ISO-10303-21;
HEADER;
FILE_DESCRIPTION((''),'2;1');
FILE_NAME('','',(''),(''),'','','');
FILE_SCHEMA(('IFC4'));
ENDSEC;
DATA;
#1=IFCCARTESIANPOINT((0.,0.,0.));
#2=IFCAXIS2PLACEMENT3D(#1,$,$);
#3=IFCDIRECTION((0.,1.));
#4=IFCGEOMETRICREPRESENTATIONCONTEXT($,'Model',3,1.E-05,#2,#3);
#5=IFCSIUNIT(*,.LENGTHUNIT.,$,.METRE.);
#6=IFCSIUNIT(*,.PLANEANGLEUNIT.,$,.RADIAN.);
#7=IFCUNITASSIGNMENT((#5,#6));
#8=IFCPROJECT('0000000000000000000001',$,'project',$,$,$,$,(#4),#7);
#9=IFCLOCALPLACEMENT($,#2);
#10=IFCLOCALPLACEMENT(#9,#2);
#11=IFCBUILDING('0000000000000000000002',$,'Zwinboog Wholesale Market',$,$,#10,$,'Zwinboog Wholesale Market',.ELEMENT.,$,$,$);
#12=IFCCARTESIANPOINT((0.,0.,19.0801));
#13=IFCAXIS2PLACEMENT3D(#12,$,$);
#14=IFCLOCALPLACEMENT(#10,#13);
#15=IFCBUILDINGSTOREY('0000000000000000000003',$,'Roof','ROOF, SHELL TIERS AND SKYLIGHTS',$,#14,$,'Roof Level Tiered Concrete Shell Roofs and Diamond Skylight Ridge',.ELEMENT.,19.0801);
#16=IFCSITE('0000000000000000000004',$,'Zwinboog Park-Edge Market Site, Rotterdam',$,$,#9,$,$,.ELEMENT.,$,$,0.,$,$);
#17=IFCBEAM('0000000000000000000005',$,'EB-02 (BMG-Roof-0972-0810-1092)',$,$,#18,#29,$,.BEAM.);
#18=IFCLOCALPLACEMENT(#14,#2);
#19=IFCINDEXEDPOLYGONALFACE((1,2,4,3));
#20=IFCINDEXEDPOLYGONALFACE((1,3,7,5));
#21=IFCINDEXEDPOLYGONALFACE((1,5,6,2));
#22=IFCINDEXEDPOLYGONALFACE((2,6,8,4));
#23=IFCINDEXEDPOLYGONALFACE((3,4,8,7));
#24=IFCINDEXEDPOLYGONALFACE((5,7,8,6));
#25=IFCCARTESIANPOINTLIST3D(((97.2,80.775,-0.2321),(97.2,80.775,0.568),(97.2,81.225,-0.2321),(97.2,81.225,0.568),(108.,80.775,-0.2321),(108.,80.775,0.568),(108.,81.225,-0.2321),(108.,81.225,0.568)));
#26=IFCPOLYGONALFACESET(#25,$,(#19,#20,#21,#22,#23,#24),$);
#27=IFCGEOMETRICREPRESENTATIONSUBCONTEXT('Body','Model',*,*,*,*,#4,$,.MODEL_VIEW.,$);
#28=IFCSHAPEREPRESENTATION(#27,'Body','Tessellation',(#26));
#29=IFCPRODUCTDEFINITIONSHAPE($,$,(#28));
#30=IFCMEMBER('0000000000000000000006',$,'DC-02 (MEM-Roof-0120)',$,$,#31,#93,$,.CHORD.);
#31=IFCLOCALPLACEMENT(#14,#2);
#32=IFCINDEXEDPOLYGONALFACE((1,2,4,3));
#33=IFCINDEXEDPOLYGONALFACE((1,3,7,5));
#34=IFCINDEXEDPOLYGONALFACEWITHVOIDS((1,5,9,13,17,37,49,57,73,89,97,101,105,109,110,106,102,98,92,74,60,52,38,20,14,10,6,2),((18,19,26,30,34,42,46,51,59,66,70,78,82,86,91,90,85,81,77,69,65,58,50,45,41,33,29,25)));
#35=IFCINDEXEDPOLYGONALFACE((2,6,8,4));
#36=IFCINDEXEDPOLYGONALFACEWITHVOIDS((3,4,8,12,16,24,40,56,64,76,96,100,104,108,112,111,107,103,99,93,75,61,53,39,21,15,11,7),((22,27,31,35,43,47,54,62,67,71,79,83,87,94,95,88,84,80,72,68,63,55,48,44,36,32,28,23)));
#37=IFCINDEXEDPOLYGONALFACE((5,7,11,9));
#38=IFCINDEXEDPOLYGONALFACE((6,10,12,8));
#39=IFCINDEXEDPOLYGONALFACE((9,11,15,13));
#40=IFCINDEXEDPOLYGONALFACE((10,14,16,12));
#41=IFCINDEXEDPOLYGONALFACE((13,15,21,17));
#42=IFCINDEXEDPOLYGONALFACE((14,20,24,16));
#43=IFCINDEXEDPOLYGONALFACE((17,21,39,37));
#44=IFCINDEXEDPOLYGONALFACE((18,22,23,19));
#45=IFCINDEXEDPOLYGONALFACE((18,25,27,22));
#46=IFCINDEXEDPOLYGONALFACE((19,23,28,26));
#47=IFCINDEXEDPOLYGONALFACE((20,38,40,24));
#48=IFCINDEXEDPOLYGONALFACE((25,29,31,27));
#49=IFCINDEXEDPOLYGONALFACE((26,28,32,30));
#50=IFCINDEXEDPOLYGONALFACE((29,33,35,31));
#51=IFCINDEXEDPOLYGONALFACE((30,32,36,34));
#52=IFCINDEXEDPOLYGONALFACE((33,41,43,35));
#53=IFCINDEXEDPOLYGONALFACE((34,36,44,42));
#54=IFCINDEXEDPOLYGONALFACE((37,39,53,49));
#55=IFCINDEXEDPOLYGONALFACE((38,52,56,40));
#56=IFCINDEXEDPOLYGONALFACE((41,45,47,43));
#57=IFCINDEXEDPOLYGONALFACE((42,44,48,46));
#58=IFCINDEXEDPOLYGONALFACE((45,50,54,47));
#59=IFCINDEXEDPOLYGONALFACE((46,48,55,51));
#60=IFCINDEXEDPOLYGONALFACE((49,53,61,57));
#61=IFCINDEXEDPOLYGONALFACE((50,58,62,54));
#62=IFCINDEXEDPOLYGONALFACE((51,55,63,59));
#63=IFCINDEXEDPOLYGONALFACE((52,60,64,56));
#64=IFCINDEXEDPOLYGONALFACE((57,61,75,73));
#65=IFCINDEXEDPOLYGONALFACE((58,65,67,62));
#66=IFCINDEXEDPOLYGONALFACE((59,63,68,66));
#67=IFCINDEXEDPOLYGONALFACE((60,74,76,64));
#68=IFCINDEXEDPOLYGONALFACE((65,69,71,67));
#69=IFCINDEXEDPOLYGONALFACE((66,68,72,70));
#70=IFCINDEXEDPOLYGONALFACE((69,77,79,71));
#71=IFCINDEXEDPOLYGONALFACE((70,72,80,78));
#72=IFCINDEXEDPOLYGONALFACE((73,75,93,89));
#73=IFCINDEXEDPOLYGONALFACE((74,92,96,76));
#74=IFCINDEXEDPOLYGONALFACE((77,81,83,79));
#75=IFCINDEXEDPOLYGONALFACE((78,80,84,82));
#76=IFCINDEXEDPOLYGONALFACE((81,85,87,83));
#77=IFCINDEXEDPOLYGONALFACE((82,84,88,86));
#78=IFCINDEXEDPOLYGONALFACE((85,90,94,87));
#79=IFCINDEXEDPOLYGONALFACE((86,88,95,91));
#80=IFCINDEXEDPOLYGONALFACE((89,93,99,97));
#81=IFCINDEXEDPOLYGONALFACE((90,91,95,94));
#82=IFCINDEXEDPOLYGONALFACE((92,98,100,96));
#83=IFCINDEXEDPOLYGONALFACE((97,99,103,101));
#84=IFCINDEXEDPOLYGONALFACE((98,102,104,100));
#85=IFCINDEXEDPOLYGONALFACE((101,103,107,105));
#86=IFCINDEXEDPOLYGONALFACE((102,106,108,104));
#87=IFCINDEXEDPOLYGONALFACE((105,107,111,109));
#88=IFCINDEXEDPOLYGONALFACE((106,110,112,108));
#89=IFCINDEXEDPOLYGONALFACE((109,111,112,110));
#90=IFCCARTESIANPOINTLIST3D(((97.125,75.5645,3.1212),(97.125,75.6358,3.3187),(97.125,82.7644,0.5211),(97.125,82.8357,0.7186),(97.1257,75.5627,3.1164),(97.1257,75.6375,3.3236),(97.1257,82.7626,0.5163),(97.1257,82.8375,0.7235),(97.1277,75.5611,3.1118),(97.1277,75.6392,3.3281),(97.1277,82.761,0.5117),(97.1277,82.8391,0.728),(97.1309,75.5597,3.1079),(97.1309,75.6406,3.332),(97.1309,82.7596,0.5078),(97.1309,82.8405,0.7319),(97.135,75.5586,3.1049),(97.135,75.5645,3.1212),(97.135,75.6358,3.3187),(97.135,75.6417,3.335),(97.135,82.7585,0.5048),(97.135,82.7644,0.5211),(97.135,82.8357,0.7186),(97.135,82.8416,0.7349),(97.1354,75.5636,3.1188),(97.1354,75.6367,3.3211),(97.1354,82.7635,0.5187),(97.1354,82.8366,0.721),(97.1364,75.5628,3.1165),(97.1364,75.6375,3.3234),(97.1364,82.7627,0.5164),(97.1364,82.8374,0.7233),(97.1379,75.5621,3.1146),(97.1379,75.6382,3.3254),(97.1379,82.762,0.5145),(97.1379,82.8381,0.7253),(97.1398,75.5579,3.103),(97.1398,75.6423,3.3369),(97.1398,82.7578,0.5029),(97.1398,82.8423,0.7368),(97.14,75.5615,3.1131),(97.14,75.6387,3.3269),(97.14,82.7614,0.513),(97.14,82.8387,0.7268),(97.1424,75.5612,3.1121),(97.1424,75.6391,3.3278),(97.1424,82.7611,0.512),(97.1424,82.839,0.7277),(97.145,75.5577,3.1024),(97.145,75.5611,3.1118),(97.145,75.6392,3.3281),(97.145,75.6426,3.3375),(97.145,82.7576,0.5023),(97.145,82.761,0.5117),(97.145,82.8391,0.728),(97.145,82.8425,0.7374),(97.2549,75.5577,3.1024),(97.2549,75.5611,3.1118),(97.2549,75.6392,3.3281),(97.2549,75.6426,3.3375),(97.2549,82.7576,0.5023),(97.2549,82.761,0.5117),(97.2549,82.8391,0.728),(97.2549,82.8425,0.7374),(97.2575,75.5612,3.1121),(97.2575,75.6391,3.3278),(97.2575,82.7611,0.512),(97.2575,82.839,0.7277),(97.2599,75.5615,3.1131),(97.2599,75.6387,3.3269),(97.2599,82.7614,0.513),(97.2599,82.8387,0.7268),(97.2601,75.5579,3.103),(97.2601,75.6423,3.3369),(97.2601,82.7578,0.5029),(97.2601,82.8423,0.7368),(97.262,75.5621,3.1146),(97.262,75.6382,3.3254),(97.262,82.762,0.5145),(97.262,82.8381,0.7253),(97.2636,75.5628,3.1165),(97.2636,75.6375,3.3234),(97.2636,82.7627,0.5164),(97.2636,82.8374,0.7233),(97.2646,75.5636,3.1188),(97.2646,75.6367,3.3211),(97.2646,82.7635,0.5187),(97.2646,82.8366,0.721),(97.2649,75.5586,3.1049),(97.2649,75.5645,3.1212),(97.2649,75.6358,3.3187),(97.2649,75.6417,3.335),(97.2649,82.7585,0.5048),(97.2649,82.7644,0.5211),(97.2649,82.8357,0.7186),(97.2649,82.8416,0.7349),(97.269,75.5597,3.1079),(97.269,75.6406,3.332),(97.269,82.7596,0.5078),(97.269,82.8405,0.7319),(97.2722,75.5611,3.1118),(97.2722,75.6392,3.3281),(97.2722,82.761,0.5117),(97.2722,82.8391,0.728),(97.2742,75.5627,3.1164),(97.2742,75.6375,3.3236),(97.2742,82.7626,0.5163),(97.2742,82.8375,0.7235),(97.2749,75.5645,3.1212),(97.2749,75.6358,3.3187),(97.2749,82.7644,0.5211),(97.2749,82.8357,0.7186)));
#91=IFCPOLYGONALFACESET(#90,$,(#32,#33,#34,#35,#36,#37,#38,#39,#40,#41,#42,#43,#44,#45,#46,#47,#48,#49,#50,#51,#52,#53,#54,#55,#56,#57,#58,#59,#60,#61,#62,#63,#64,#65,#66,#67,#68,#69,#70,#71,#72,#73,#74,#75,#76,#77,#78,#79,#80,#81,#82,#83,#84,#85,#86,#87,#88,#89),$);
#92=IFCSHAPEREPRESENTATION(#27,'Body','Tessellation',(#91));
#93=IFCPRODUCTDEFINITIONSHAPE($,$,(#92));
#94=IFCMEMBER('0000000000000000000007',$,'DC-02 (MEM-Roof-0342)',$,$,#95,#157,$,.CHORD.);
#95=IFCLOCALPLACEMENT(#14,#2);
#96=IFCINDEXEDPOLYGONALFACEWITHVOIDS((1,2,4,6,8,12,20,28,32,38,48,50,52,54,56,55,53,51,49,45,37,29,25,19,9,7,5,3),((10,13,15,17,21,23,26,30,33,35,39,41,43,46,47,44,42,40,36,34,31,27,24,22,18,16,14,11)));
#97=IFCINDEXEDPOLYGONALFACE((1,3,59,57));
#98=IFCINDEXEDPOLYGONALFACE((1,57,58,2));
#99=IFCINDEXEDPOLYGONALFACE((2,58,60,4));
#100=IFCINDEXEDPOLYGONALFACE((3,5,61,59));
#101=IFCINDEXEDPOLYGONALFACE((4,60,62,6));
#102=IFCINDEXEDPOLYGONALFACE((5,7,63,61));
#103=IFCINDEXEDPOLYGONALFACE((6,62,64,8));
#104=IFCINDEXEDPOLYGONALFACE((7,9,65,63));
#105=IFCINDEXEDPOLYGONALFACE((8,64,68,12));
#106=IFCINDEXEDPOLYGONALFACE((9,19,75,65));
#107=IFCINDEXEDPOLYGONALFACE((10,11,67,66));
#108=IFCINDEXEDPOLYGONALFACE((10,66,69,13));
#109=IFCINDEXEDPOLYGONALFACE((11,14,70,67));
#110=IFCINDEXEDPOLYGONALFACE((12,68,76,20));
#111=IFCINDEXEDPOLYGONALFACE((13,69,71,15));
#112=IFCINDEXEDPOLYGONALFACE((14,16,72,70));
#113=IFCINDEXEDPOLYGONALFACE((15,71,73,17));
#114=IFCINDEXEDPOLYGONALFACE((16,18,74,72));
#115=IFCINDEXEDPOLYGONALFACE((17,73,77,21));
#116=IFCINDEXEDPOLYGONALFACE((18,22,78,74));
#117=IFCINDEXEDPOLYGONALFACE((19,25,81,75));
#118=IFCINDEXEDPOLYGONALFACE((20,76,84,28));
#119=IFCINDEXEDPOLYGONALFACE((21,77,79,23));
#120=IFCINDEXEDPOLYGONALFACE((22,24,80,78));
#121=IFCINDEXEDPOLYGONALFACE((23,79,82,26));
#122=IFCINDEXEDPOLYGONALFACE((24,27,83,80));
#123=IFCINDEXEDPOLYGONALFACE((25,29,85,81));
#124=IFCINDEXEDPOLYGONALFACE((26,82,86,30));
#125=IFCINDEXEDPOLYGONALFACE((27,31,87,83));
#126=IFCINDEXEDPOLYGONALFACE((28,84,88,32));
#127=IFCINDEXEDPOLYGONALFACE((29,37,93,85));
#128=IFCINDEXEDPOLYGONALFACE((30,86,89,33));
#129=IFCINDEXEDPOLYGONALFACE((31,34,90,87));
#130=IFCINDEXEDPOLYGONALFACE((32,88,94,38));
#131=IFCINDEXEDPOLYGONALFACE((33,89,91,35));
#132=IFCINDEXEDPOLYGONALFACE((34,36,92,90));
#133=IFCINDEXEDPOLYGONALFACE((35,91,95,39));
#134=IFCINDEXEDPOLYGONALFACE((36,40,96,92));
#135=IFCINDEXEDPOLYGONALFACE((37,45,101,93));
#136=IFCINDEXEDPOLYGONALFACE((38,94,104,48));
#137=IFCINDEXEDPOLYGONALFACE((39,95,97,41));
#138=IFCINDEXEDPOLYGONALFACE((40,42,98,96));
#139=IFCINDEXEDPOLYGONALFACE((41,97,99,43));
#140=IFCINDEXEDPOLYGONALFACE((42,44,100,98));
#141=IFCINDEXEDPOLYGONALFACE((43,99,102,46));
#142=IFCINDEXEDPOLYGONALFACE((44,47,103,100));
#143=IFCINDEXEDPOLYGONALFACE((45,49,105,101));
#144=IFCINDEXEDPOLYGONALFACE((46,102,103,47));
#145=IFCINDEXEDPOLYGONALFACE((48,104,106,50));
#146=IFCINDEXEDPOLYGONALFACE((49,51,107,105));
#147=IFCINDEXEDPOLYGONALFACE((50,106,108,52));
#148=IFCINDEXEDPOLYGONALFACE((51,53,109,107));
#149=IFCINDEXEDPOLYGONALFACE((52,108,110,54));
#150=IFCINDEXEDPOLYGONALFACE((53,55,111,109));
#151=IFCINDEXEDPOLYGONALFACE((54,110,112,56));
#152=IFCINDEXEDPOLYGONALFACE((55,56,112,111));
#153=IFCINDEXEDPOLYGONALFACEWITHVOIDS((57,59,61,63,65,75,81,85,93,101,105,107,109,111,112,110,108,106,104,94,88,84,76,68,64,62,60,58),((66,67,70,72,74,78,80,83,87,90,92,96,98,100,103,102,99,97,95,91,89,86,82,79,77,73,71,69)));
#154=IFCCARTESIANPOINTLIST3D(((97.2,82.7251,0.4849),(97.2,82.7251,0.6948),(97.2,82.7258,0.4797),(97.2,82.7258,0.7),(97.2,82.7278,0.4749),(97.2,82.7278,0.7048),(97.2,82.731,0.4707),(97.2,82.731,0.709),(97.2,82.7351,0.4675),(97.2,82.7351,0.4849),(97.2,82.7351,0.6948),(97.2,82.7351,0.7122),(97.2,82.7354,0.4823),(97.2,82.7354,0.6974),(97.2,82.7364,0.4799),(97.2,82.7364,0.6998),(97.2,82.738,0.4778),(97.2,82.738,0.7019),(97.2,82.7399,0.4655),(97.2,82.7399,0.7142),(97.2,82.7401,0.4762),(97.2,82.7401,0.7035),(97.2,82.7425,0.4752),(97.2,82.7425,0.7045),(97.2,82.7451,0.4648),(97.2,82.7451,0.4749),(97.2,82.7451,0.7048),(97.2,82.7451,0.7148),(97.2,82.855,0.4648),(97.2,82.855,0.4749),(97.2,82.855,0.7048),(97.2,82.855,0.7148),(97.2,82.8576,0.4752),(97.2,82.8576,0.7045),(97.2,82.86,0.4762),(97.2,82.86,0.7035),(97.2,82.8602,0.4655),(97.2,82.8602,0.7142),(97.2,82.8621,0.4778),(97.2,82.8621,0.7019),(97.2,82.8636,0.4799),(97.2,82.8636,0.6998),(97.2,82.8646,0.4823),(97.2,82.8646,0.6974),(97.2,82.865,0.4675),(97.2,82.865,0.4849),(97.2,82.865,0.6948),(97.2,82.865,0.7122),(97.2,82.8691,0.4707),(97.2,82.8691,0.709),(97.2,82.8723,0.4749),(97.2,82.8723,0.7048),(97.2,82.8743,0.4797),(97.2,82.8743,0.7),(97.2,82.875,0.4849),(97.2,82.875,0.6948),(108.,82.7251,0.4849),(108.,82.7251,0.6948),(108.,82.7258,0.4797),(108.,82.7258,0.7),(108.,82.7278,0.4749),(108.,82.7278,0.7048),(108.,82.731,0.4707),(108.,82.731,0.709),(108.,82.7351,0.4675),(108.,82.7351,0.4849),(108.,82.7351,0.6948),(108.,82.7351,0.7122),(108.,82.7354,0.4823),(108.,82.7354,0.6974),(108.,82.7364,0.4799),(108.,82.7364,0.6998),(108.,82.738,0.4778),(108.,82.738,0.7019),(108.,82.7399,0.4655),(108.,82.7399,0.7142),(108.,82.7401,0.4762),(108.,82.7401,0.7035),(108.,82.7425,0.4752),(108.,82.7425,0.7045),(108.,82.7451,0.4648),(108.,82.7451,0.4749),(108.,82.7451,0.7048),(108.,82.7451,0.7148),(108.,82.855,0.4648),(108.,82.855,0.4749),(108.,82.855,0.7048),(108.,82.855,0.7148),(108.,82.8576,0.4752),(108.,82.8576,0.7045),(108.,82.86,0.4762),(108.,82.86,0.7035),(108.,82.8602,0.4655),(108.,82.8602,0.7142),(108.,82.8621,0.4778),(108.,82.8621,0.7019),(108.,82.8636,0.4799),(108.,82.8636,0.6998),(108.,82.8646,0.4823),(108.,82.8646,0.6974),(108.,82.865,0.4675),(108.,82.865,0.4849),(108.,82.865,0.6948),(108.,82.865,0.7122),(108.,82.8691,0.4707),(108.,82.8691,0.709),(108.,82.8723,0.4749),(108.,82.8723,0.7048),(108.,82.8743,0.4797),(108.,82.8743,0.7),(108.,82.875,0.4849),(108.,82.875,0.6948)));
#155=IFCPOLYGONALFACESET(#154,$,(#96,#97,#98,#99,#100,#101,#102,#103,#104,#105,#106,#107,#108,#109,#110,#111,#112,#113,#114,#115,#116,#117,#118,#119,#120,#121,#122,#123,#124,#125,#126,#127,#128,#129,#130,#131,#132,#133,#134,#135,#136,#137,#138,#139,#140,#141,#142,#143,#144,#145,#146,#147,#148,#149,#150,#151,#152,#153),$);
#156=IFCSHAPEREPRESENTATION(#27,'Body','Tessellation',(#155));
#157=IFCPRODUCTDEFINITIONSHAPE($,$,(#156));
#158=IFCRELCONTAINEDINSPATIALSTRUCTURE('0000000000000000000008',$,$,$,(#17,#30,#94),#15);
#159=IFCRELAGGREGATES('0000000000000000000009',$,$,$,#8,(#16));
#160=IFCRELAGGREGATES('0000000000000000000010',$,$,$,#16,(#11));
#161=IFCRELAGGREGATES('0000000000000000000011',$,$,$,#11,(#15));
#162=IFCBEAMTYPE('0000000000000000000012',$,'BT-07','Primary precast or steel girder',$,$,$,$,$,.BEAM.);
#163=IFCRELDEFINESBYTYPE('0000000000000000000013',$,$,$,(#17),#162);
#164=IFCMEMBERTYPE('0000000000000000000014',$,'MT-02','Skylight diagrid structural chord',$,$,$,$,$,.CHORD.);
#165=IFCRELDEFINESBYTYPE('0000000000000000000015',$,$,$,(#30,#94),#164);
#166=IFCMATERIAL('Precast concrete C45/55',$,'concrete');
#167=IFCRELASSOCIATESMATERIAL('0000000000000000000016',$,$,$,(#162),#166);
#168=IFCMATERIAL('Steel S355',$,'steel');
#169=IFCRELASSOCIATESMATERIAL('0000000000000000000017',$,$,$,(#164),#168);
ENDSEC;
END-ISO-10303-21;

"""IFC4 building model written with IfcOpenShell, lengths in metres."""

from ifc_helpers import new_model, si_unit, direction, frame, origin, origin_2d, place, context, subcontext, project, spatial, rectangle, hollow_rectangle, extrude, material, material_profile, profile_set, type_object, element, save


model = new_model("IFC4")

# Units and contexts
model_context = context("Model", 3, precision=1e-05, world=origin(), true_north=direction((0.0, 1.0)))
body_context = subcontext(model_context, "Body", "Model", "MODEL_VIEW")
ifc_project = project(units=[si_unit("LENGTHUNIT", "METRE"), si_unit("PLANEANGLEUNIT", "RADIAN")], contexts=[model_context])

# Site, building, storey
site_placement = place(None, origin())
site = spatial("IfcSite", under=ifc_project, at=site_placement, Name="Zwinboog Park-Edge Market Site, Rotterdam", CompositionType="ELEMENT", RefElevation=0.0)
building_placement = place(site_placement, origin())
building = spatial("IfcBuilding", under=site, at=building_placement, Name="Zwinboog Wholesale Market", LongName="Zwinboog Wholesale Market", CompositionType="ELEMENT")
storey_placement = place(building_placement, frame((0.0, 0.0, 19.0801)))
storey = spatial("IfcBuildingStorey", under=building, at=storey_placement, Name="Roof", Description="ROOF, SHELL TIERS AND SKYLIGHTS", LongName="Roof Level Tiered Concrete Shell Roofs and Diamond Skylight Ridge", CompositionType="ELEMENT", Elevation=19.0801)

# Beam
ifc_material_1 = material(Name="Precast concrete C45/55", Category="concrete")
ifc_material_profile_1 = material_profile(ifc_material_1, rectangle(XDim=0.45, YDim=0.8, at=origin_2d()), Name="PC 450x800")
ifc_profile_set_1 = profile_set([ifc_material_profile_1], Name="Precast concrete C45/55")
beam_type = type_object("IfcBeamType", Name="BT-07", Description="Primary precast or steel girder", PredefinedType="BEAM", material=ifc_profile_set_1)
beam_placement = place(storey_placement, frame((97.2, 81.0, 0.168), z_axis=(1.0, 0.0, 0.0), x_axis=(0.0, 1.0, 0.0)))
element("IfcBeam", 1, at=beam_placement, inside=storey, type_object=beam_type, Name="EB-02 (BMG-Roof-0972-0810-1092)", PredefinedType="BEAM", context=body_context, shape_type="SweptSolid", body=[
    extrude(rectangle(XDim=0.45, YDim=0.8, at=origin_2d()), origin(), (0.0, 0.0, 1.0), 10.8),
])

# Members
ifc_material_2 = material(Name="Steel S355", Category="steel")
ifc_material_profile_2 = material_profile(ifc_material_2, hollow_rectangle(XDim=0.1499, YDim=0.25, WallThickness=0.01, InnerFilletRadius=0.01, OuterFilletRadius=0.02, at=origin_2d()), Name="RHS 250x150x10")
ifc_profile_set_2 = profile_set([ifc_material_profile_2], Name="Steel S355")
member_type_1 = type_object("IfcMemberType", Name="MT-02", Description="Skylight diagrid structural chord", PredefinedType="CHORD", material=ifc_profile_set_2)
member_1_placement = place(storey_placement, frame((97.2, 82.8, 0.6199), z_axis=(0.0, -0.940549, 0.339658), x_axis=(1.0, 0.0, 0.0)))
element("IfcMember", 2, at=member_1_placement, inside=storey, type_object=member_type_1, Name="DC-02 (MEM-Roof-0120)", PredefinedType="CHORD", context=body_context, shape_type="SweptSolid", body=[
    extrude(hollow_rectangle(XDim=0.1499, YDim=0.25, WallThickness=0.01, InnerFilletRadius=0.01, OuterFilletRadius=0.02, at=origin_2d()), origin(), (0.0, 0.0, 1.0), 7.655),
])
member_2_placement = place(storey_placement, frame((97.2, 82.8, 0.5898), z_axis=(1.0, 0.0, 0.0), x_axis=(0.0, 1.0, 0.0)))
element("IfcMember", 3, at=member_2_placement, inside=storey, type_object=member_type_1, Name="DC-02 (MEM-Roof-0342)", PredefinedType="CHORD", context=body_context, shape_type="SweptSolid", body=[
    extrude(hollow_rectangle(XDim=0.1499, YDim=0.25, WallThickness=0.01, InnerFilletRadius=0.01, OuterFilletRadius=0.02, at=origin_2d()), origin(), (0.0, 0.0, 1.0), 10.8),
])

save(model, "model.ifc")
